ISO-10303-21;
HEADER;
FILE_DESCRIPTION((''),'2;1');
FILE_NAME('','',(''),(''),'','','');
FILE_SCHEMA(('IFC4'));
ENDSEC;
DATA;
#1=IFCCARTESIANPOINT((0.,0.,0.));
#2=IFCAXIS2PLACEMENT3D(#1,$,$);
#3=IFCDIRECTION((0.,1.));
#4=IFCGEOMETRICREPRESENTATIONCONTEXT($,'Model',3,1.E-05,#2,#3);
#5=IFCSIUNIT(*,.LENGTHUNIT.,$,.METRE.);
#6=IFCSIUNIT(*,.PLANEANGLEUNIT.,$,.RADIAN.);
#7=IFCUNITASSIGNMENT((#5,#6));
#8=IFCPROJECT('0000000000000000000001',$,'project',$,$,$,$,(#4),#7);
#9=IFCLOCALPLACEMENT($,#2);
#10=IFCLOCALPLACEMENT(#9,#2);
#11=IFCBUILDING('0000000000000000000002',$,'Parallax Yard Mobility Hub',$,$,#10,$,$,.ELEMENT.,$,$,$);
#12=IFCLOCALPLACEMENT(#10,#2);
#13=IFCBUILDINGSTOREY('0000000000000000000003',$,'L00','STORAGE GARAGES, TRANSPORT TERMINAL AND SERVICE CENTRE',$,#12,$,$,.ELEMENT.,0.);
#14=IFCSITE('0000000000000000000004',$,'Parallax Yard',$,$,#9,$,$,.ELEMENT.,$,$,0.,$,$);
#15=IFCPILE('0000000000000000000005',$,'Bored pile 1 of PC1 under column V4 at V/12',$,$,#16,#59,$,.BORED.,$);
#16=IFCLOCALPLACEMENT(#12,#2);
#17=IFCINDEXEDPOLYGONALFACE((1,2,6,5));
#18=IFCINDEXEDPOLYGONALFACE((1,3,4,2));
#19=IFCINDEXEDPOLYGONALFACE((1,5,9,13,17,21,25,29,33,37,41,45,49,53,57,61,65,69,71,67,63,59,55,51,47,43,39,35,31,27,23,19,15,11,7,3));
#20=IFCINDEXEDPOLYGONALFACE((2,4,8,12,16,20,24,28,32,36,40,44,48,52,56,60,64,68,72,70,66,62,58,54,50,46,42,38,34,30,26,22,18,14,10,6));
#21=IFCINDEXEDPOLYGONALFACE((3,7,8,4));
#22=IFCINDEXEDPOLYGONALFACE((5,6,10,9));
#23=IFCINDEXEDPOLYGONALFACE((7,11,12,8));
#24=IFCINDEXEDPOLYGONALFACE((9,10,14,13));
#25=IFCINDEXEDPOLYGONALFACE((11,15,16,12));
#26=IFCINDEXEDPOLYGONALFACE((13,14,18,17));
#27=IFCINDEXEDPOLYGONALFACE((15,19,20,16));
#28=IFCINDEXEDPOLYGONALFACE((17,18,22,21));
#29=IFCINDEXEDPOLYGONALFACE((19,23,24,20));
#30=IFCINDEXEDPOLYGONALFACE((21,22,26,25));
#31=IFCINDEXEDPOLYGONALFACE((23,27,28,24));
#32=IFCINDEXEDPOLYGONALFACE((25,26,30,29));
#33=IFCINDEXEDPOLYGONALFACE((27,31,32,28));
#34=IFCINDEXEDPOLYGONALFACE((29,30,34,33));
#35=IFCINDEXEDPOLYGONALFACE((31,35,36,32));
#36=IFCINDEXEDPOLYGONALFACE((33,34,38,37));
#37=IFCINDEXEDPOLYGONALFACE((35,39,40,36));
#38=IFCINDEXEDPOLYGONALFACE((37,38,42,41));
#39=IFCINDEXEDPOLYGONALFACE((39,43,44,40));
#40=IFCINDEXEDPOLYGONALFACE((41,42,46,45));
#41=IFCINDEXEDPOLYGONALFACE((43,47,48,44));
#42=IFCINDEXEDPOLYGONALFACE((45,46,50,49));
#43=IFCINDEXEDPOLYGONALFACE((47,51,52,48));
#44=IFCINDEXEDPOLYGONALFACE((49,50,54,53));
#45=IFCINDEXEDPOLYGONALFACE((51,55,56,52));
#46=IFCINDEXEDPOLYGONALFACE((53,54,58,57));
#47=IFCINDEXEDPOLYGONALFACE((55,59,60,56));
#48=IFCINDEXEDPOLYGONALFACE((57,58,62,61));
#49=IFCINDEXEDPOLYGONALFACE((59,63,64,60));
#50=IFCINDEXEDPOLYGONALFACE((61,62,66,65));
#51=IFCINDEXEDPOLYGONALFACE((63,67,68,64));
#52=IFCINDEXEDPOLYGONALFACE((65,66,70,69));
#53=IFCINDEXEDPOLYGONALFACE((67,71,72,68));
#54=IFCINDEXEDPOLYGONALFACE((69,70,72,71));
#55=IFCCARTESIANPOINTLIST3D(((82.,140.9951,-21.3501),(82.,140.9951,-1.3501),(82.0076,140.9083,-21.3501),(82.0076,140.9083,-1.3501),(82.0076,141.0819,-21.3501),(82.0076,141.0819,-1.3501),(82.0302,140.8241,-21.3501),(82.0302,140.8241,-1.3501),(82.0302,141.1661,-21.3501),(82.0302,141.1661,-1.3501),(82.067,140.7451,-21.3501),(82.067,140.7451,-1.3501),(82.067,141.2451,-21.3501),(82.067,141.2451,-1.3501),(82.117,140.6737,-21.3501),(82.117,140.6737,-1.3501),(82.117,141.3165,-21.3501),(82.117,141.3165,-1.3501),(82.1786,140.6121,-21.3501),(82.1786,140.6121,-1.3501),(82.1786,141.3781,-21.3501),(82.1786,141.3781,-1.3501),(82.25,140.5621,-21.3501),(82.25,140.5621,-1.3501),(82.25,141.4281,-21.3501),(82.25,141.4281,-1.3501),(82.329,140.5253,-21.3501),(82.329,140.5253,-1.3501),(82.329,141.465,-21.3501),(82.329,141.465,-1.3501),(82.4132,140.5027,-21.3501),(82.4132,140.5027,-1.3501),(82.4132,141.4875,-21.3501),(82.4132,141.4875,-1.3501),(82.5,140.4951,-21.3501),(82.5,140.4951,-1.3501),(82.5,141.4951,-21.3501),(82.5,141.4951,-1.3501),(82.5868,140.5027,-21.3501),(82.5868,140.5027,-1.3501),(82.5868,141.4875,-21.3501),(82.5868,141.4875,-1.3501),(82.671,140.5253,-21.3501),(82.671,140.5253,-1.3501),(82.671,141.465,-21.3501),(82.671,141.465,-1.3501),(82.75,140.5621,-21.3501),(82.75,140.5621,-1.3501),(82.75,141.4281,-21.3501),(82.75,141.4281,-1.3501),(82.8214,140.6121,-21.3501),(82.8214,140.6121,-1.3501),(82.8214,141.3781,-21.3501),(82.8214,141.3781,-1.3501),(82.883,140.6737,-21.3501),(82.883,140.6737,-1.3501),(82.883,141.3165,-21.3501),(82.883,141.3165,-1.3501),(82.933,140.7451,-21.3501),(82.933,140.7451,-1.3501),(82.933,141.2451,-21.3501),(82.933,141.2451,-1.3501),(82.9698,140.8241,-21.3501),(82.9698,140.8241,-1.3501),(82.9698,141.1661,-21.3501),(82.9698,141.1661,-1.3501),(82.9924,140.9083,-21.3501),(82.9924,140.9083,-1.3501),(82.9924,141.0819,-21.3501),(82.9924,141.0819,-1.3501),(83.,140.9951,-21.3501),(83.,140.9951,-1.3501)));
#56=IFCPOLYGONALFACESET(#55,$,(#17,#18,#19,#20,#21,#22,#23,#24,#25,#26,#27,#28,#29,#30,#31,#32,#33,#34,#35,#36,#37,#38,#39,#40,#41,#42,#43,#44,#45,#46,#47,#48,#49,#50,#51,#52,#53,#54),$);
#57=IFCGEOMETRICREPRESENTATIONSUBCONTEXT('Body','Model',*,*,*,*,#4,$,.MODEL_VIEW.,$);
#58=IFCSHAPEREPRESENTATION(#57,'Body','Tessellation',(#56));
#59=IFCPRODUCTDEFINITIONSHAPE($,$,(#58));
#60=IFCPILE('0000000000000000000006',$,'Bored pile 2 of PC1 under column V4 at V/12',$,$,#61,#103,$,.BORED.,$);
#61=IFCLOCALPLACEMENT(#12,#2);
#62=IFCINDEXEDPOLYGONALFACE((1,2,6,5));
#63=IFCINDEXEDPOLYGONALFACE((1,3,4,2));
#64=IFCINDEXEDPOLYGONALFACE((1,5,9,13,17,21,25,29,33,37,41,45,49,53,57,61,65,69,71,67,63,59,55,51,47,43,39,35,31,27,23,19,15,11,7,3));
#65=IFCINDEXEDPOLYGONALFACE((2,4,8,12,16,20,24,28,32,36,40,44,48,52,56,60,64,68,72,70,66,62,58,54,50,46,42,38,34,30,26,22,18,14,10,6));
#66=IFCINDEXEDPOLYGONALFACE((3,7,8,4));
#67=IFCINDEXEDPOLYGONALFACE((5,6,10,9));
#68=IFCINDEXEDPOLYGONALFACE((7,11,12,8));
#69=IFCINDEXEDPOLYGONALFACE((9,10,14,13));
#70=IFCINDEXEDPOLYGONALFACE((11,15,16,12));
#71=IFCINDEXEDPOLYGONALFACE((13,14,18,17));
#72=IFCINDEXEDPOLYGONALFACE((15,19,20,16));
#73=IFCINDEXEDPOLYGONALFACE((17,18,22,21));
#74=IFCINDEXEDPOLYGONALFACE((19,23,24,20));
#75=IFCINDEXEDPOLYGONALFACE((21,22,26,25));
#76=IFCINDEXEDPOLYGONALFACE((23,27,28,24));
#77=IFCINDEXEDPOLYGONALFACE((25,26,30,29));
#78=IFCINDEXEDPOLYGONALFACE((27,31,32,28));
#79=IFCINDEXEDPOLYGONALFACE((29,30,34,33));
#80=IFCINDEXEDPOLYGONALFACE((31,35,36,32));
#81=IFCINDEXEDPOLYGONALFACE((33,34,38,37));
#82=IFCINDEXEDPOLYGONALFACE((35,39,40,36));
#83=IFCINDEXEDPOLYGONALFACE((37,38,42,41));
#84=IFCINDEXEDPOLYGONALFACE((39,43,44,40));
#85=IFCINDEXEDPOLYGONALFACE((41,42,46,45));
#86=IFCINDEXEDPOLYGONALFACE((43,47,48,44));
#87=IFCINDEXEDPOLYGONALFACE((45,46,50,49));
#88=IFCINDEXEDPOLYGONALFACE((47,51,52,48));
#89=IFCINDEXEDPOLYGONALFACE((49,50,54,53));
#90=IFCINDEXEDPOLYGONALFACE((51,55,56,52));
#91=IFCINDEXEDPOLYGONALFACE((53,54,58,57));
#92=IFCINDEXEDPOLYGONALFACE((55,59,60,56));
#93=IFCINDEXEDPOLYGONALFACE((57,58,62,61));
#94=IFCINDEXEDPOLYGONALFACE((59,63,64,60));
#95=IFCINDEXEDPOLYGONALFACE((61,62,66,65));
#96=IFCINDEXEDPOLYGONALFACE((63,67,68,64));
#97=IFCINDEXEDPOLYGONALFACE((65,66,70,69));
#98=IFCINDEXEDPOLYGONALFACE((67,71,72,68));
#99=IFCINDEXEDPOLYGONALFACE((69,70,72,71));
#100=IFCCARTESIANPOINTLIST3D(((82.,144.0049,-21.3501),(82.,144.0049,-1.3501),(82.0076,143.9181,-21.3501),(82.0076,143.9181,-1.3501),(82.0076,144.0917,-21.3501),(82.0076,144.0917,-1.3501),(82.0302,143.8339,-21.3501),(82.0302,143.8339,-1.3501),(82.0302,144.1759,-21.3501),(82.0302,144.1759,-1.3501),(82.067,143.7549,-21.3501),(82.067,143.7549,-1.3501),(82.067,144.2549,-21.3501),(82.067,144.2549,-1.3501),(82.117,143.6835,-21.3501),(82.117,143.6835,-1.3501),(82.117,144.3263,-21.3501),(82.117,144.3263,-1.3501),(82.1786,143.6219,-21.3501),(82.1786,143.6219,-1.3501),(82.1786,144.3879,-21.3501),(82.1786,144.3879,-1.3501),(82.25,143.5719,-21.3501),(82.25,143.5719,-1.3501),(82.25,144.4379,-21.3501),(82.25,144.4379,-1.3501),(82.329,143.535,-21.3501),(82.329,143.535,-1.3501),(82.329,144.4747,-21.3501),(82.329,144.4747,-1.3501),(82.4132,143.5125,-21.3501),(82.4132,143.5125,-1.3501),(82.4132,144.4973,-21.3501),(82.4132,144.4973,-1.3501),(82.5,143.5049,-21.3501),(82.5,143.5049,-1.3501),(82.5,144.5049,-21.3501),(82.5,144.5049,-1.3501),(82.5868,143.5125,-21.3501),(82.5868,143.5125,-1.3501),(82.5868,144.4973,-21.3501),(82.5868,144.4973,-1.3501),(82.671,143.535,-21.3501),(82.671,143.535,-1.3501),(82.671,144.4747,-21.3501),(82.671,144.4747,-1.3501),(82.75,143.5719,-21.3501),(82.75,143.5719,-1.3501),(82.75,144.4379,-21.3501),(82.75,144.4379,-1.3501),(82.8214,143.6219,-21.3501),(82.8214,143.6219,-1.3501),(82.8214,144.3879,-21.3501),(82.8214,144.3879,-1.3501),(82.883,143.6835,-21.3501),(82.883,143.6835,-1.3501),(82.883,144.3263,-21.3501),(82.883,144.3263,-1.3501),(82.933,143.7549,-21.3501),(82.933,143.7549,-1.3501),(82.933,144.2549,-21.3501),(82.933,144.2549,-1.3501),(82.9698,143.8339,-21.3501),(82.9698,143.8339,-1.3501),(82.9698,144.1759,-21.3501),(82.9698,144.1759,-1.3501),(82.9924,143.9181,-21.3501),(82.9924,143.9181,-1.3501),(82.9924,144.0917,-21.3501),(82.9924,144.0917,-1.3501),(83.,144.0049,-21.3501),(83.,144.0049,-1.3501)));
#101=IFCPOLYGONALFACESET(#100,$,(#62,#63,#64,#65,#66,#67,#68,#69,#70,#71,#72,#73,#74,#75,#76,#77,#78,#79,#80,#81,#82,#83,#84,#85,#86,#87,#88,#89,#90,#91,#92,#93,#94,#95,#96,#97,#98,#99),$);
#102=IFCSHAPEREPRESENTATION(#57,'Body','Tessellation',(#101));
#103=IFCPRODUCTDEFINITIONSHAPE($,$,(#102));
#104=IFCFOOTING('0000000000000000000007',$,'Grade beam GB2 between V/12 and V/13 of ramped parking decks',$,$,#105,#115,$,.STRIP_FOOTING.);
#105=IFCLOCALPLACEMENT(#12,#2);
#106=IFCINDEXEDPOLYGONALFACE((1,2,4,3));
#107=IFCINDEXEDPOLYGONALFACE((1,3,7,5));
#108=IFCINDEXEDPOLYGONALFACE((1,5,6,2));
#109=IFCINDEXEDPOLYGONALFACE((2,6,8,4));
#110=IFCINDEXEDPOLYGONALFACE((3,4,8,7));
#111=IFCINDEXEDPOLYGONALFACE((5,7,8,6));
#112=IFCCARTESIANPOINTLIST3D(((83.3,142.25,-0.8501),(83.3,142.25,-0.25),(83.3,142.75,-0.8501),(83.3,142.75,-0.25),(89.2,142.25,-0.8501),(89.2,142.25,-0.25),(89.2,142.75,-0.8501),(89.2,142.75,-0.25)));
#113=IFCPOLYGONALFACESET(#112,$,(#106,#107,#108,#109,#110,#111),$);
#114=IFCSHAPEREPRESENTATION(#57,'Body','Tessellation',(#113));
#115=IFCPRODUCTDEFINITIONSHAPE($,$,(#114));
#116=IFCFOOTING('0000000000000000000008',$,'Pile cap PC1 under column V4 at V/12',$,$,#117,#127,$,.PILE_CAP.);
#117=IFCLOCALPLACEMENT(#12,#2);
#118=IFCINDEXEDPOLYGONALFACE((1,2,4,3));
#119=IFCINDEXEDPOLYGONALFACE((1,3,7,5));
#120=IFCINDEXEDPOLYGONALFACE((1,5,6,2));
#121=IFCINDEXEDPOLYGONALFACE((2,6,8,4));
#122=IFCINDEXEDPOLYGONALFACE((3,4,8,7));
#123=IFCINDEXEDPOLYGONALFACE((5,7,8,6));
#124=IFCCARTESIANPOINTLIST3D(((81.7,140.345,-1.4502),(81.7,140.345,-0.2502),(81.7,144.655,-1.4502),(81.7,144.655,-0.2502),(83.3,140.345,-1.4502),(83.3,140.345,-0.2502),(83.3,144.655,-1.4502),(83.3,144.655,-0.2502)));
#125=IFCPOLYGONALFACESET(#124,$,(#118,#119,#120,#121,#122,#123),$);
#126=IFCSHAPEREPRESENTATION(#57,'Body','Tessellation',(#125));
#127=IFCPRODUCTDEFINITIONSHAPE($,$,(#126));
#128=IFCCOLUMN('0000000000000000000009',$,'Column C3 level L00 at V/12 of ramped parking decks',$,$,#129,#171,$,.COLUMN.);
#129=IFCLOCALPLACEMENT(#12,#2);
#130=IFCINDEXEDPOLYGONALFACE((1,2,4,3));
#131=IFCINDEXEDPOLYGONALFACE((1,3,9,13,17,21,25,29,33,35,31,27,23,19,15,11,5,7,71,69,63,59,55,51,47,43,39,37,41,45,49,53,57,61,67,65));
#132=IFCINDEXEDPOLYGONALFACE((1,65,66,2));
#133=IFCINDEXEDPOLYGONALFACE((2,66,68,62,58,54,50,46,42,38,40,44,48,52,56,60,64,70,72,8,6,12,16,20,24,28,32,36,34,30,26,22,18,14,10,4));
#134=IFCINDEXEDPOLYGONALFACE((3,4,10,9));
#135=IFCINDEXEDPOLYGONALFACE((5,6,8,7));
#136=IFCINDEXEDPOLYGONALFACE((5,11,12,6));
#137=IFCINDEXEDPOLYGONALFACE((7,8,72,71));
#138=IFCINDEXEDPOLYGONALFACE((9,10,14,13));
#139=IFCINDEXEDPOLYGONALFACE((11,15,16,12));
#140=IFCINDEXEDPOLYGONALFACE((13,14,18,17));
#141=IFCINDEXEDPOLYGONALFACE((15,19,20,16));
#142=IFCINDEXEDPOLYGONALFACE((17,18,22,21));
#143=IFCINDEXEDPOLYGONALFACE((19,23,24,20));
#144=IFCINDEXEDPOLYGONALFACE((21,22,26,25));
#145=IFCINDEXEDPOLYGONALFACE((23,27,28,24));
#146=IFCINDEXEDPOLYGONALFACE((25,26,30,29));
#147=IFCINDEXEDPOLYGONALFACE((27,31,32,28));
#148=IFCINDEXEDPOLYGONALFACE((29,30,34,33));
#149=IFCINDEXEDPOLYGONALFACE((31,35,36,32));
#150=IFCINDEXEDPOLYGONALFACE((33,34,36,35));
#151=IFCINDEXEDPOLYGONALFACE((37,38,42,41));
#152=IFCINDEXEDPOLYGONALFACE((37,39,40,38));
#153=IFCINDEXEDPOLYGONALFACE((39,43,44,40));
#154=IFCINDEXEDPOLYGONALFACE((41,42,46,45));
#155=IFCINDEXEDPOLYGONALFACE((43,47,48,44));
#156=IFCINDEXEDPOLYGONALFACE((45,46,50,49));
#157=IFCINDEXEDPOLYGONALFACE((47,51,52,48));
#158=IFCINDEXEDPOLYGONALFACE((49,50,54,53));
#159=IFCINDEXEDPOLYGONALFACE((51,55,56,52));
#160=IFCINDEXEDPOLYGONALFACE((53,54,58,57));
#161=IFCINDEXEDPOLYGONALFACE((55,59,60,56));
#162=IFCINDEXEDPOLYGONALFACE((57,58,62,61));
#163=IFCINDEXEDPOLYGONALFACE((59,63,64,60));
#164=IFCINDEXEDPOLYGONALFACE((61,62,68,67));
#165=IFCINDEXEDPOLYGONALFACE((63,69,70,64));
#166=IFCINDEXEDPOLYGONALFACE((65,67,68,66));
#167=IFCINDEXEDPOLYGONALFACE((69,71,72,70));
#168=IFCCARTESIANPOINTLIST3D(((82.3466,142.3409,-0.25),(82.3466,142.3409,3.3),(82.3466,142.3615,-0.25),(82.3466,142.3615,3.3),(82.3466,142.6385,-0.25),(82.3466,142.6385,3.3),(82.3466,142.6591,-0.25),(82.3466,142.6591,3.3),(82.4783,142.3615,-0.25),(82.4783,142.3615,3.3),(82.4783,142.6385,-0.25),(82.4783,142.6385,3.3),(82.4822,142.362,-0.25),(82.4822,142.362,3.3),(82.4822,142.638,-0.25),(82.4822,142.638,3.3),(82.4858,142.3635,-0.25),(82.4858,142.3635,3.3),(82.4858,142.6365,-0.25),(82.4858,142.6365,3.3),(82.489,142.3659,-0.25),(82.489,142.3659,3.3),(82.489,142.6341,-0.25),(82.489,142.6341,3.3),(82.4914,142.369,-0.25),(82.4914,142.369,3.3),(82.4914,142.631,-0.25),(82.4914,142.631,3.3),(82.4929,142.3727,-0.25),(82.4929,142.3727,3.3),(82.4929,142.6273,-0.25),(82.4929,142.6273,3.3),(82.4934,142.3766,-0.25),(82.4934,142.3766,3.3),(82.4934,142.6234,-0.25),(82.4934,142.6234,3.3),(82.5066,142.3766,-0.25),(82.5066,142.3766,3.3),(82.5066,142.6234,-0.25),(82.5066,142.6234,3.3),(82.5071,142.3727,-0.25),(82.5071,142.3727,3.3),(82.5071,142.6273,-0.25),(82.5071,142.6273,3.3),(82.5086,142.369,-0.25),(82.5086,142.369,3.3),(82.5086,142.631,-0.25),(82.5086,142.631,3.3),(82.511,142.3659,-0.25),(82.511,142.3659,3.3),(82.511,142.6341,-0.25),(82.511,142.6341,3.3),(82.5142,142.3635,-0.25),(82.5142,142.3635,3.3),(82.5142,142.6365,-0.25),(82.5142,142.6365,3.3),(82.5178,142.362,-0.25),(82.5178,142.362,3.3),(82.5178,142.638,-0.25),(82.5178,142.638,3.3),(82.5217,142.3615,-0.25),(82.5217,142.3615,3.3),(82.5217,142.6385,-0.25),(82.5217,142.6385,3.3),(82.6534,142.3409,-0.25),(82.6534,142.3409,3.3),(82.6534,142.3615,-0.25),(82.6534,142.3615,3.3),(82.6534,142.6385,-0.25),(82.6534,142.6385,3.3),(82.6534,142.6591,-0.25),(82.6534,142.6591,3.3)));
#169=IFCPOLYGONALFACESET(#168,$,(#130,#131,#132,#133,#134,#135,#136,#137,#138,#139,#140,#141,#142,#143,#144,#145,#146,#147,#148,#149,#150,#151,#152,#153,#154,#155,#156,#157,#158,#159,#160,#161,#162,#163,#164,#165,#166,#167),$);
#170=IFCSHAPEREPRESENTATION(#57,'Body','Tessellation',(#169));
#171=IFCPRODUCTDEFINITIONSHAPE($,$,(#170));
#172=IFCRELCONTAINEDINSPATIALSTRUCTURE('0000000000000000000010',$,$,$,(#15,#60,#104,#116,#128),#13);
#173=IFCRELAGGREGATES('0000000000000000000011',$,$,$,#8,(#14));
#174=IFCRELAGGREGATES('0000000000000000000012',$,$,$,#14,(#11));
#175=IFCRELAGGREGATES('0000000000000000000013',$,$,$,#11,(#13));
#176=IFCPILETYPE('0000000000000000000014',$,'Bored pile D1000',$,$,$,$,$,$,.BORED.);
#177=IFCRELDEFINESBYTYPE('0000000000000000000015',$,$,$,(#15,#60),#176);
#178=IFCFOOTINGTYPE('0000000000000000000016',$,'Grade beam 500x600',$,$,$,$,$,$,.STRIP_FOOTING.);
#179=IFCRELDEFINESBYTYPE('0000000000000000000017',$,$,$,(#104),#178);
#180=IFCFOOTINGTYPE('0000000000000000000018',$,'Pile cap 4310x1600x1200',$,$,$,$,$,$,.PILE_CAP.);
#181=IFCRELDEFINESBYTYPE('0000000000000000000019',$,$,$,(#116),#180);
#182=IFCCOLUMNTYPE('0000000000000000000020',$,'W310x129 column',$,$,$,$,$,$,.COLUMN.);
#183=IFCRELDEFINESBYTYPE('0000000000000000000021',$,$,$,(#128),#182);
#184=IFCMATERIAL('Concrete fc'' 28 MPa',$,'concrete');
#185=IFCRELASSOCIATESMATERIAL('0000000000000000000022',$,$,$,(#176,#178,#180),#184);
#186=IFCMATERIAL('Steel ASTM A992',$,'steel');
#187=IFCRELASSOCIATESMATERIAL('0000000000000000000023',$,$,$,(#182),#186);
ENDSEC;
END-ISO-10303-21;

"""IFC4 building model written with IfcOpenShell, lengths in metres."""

from ifc_helpers import new_model, si_unit, direction, frame, origin, origin_2d, place, context, subcontext, project, spatial, rectangle, circle, i_section, extrude, material, material_profile, profile_set, type_object, element, save


model = new_model("IFC4")

# Units and contexts
model_context = context("Model", 3, precision=1e-05, world=origin(), true_north=direction((0.0, 1.0)))
body_context = subcontext(model_context, "Body", "Model", "MODEL_VIEW")
ifc_project = project(units=[si_unit("LENGTHUNIT", "METRE"), si_unit("PLANEANGLEUNIT", "RADIAN")], contexts=[model_context])

# Site, building, storey
site_placement = place(None, origin())
site = spatial("IfcSite", under=ifc_project, at=site_placement, Name="Parallax Yard", CompositionType="ELEMENT", RefElevation=0.0)
building_placement = place(site_placement, origin())
building = spatial("IfcBuilding", under=site, at=building_placement, Name="Parallax Yard Mobility Hub", CompositionType="ELEMENT")
storey_placement = place(building_placement, origin())
storey = spatial("IfcBuildingStorey", under=building, at=storey_placement, Name="L00", Description="STORAGE GARAGES, TRANSPORT TERMINAL AND SERVICE CENTRE", CompositionType="ELEMENT", Elevation=0.0)

# Piles
ifc_material_1 = material(Name="Concrete fc' 28 MPa", Category="concrete")
ifc_material_profile_1 = material_profile(ifc_material_1, circle(Radius=0.5, at=origin_2d()), Name="Bored pile D1000")
ifc_profile_set_1 = profile_set([ifc_material_profile_1], Name="Concrete fc' 28 MPa")
pile_type = type_object("IfcPileType", Name="Bored pile D1000", PredefinedType="BORED", material=ifc_profile_set_1)
for number, where, z_axis, x_axis, name in (
    (1, (82.5, 140.9951, -1.3501), (0.0, 0.0, -1.0), (1.0, 0.0, 0.0), "Bored pile 1 of PC1 under column V4 at V/12"),
    (2, (82.5, 144.0049, -1.3501), (0.0, 0.0, -1.0), (1.0, 0.0, 0.0), "Bored pile 2 of PC1 under column V4 at V/12"),
):
    element("IfcPile", number, at=place(storey_placement, frame(where, z_axis=z_axis, x_axis=x_axis)), inside=storey, type_object=pile_type, Name=name, PredefinedType="BORED", context=body_context, shape_type="SweptSolid", body=[
        extrude(circle(Radius=0.5, at=origin_2d()), origin(), (0.0, 0.0, 1.0), 20.0),
    ])

# Footings
ifc_material_profile_2 = material_profile(ifc_material_1, rectangle(XDim=0.5, YDim=0.6001, at=origin_2d()), Name="Grade beam 500x600")
ifc_profile_set_2 = profile_set([ifc_material_profile_2], Name="Concrete fc' 28 MPa")
footing_type_1 = type_object("IfcFootingType", Name="Grade beam 500x600", PredefinedType="STRIP_FOOTING", material=ifc_profile_set_2)
footing_1_placement = place(storey_placement, frame((83.3, 142.5, -0.55), z_axis=(1.0, 0.0, 0.0), x_axis=(0.0, 1.0, 0.0)))
element("IfcFooting", 3, at=footing_1_placement, inside=storey, type_object=footing_type_1, Name="Grade beam GB2 between V/12 and V/13 of ramped parking decks", PredefinedType="STRIP_FOOTING", context=body_context, shape_type="SweptSolid", body=[
    extrude(rectangle(XDim=0.5, YDim=0.6001, at=origin_2d()), origin(), (0.0, 0.0, 1.0), 5.8999),
])
footing_type_2 = type_object("IfcFootingType", Name="Pile cap 4310x1600x1200", PredefinedType="PILE_CAP", material=ifc_material_1)
footing_2_placement = place(storey_placement, frame((82.5, 142.5, -1.4502), z_axis=(0.0, 0.0, 1.0), x_axis=(0.0, 1.0, 0.0)))
element("IfcFooting", 4, at=footing_2_placement, inside=storey, type_object=footing_type_2, Name="Pile cap PC1 under column V4 at V/12", PredefinedType="PILE_CAP", context=body_context, shape_type="SweptSolid", body=[
    extrude(rectangle(XDim=4.3101, YDim=1.6001, at=origin_2d()), origin(), (0.0, 0.0, 1.0), 1.2),
])

# Column
ifc_material_2 = material(Name="Steel ASTM A992", Category="steel")
ifc_material_profile_3 = material_profile(ifc_material_2, i_section(OverallWidth=0.3069, OverallDepth=0.3181, WebThickness=0.0132, FlangeThickness=0.0205, FilletRadius=0.0151, at=origin_2d()), Name="W310x129")
ifc_profile_set_3 = profile_set([ifc_material_profile_3], Name="Steel ASTM A992")
column_type = type_object("IfcColumnType", Name="W310x129 column", PredefinedType="COLUMN", material=ifc_profile_set_3)
column_placement = place(storey_placement, frame((82.5, 142.5, -0.25), z_axis=(0.0, 0.0, 1.0), x_axis=(1.0, 0.0, 0.0)))
element("IfcColumn", 5, at=column_placement, inside=storey, type_object=column_type, Name="Column C3 level L00 at V/12 of ramped parking decks", PredefinedType="COLUMN", context=body_context, shape_type="SweptSolid", body=[
    extrude(i_section(OverallWidth=0.3069, OverallDepth=0.3181, WebThickness=0.0132, FlangeThickness=0.0205, FilletRadius=0.0151, at=origin_2d()), origin(), (0.0, 0.0, 1.0), 3.55),
])

save(model, "model.ifc")
